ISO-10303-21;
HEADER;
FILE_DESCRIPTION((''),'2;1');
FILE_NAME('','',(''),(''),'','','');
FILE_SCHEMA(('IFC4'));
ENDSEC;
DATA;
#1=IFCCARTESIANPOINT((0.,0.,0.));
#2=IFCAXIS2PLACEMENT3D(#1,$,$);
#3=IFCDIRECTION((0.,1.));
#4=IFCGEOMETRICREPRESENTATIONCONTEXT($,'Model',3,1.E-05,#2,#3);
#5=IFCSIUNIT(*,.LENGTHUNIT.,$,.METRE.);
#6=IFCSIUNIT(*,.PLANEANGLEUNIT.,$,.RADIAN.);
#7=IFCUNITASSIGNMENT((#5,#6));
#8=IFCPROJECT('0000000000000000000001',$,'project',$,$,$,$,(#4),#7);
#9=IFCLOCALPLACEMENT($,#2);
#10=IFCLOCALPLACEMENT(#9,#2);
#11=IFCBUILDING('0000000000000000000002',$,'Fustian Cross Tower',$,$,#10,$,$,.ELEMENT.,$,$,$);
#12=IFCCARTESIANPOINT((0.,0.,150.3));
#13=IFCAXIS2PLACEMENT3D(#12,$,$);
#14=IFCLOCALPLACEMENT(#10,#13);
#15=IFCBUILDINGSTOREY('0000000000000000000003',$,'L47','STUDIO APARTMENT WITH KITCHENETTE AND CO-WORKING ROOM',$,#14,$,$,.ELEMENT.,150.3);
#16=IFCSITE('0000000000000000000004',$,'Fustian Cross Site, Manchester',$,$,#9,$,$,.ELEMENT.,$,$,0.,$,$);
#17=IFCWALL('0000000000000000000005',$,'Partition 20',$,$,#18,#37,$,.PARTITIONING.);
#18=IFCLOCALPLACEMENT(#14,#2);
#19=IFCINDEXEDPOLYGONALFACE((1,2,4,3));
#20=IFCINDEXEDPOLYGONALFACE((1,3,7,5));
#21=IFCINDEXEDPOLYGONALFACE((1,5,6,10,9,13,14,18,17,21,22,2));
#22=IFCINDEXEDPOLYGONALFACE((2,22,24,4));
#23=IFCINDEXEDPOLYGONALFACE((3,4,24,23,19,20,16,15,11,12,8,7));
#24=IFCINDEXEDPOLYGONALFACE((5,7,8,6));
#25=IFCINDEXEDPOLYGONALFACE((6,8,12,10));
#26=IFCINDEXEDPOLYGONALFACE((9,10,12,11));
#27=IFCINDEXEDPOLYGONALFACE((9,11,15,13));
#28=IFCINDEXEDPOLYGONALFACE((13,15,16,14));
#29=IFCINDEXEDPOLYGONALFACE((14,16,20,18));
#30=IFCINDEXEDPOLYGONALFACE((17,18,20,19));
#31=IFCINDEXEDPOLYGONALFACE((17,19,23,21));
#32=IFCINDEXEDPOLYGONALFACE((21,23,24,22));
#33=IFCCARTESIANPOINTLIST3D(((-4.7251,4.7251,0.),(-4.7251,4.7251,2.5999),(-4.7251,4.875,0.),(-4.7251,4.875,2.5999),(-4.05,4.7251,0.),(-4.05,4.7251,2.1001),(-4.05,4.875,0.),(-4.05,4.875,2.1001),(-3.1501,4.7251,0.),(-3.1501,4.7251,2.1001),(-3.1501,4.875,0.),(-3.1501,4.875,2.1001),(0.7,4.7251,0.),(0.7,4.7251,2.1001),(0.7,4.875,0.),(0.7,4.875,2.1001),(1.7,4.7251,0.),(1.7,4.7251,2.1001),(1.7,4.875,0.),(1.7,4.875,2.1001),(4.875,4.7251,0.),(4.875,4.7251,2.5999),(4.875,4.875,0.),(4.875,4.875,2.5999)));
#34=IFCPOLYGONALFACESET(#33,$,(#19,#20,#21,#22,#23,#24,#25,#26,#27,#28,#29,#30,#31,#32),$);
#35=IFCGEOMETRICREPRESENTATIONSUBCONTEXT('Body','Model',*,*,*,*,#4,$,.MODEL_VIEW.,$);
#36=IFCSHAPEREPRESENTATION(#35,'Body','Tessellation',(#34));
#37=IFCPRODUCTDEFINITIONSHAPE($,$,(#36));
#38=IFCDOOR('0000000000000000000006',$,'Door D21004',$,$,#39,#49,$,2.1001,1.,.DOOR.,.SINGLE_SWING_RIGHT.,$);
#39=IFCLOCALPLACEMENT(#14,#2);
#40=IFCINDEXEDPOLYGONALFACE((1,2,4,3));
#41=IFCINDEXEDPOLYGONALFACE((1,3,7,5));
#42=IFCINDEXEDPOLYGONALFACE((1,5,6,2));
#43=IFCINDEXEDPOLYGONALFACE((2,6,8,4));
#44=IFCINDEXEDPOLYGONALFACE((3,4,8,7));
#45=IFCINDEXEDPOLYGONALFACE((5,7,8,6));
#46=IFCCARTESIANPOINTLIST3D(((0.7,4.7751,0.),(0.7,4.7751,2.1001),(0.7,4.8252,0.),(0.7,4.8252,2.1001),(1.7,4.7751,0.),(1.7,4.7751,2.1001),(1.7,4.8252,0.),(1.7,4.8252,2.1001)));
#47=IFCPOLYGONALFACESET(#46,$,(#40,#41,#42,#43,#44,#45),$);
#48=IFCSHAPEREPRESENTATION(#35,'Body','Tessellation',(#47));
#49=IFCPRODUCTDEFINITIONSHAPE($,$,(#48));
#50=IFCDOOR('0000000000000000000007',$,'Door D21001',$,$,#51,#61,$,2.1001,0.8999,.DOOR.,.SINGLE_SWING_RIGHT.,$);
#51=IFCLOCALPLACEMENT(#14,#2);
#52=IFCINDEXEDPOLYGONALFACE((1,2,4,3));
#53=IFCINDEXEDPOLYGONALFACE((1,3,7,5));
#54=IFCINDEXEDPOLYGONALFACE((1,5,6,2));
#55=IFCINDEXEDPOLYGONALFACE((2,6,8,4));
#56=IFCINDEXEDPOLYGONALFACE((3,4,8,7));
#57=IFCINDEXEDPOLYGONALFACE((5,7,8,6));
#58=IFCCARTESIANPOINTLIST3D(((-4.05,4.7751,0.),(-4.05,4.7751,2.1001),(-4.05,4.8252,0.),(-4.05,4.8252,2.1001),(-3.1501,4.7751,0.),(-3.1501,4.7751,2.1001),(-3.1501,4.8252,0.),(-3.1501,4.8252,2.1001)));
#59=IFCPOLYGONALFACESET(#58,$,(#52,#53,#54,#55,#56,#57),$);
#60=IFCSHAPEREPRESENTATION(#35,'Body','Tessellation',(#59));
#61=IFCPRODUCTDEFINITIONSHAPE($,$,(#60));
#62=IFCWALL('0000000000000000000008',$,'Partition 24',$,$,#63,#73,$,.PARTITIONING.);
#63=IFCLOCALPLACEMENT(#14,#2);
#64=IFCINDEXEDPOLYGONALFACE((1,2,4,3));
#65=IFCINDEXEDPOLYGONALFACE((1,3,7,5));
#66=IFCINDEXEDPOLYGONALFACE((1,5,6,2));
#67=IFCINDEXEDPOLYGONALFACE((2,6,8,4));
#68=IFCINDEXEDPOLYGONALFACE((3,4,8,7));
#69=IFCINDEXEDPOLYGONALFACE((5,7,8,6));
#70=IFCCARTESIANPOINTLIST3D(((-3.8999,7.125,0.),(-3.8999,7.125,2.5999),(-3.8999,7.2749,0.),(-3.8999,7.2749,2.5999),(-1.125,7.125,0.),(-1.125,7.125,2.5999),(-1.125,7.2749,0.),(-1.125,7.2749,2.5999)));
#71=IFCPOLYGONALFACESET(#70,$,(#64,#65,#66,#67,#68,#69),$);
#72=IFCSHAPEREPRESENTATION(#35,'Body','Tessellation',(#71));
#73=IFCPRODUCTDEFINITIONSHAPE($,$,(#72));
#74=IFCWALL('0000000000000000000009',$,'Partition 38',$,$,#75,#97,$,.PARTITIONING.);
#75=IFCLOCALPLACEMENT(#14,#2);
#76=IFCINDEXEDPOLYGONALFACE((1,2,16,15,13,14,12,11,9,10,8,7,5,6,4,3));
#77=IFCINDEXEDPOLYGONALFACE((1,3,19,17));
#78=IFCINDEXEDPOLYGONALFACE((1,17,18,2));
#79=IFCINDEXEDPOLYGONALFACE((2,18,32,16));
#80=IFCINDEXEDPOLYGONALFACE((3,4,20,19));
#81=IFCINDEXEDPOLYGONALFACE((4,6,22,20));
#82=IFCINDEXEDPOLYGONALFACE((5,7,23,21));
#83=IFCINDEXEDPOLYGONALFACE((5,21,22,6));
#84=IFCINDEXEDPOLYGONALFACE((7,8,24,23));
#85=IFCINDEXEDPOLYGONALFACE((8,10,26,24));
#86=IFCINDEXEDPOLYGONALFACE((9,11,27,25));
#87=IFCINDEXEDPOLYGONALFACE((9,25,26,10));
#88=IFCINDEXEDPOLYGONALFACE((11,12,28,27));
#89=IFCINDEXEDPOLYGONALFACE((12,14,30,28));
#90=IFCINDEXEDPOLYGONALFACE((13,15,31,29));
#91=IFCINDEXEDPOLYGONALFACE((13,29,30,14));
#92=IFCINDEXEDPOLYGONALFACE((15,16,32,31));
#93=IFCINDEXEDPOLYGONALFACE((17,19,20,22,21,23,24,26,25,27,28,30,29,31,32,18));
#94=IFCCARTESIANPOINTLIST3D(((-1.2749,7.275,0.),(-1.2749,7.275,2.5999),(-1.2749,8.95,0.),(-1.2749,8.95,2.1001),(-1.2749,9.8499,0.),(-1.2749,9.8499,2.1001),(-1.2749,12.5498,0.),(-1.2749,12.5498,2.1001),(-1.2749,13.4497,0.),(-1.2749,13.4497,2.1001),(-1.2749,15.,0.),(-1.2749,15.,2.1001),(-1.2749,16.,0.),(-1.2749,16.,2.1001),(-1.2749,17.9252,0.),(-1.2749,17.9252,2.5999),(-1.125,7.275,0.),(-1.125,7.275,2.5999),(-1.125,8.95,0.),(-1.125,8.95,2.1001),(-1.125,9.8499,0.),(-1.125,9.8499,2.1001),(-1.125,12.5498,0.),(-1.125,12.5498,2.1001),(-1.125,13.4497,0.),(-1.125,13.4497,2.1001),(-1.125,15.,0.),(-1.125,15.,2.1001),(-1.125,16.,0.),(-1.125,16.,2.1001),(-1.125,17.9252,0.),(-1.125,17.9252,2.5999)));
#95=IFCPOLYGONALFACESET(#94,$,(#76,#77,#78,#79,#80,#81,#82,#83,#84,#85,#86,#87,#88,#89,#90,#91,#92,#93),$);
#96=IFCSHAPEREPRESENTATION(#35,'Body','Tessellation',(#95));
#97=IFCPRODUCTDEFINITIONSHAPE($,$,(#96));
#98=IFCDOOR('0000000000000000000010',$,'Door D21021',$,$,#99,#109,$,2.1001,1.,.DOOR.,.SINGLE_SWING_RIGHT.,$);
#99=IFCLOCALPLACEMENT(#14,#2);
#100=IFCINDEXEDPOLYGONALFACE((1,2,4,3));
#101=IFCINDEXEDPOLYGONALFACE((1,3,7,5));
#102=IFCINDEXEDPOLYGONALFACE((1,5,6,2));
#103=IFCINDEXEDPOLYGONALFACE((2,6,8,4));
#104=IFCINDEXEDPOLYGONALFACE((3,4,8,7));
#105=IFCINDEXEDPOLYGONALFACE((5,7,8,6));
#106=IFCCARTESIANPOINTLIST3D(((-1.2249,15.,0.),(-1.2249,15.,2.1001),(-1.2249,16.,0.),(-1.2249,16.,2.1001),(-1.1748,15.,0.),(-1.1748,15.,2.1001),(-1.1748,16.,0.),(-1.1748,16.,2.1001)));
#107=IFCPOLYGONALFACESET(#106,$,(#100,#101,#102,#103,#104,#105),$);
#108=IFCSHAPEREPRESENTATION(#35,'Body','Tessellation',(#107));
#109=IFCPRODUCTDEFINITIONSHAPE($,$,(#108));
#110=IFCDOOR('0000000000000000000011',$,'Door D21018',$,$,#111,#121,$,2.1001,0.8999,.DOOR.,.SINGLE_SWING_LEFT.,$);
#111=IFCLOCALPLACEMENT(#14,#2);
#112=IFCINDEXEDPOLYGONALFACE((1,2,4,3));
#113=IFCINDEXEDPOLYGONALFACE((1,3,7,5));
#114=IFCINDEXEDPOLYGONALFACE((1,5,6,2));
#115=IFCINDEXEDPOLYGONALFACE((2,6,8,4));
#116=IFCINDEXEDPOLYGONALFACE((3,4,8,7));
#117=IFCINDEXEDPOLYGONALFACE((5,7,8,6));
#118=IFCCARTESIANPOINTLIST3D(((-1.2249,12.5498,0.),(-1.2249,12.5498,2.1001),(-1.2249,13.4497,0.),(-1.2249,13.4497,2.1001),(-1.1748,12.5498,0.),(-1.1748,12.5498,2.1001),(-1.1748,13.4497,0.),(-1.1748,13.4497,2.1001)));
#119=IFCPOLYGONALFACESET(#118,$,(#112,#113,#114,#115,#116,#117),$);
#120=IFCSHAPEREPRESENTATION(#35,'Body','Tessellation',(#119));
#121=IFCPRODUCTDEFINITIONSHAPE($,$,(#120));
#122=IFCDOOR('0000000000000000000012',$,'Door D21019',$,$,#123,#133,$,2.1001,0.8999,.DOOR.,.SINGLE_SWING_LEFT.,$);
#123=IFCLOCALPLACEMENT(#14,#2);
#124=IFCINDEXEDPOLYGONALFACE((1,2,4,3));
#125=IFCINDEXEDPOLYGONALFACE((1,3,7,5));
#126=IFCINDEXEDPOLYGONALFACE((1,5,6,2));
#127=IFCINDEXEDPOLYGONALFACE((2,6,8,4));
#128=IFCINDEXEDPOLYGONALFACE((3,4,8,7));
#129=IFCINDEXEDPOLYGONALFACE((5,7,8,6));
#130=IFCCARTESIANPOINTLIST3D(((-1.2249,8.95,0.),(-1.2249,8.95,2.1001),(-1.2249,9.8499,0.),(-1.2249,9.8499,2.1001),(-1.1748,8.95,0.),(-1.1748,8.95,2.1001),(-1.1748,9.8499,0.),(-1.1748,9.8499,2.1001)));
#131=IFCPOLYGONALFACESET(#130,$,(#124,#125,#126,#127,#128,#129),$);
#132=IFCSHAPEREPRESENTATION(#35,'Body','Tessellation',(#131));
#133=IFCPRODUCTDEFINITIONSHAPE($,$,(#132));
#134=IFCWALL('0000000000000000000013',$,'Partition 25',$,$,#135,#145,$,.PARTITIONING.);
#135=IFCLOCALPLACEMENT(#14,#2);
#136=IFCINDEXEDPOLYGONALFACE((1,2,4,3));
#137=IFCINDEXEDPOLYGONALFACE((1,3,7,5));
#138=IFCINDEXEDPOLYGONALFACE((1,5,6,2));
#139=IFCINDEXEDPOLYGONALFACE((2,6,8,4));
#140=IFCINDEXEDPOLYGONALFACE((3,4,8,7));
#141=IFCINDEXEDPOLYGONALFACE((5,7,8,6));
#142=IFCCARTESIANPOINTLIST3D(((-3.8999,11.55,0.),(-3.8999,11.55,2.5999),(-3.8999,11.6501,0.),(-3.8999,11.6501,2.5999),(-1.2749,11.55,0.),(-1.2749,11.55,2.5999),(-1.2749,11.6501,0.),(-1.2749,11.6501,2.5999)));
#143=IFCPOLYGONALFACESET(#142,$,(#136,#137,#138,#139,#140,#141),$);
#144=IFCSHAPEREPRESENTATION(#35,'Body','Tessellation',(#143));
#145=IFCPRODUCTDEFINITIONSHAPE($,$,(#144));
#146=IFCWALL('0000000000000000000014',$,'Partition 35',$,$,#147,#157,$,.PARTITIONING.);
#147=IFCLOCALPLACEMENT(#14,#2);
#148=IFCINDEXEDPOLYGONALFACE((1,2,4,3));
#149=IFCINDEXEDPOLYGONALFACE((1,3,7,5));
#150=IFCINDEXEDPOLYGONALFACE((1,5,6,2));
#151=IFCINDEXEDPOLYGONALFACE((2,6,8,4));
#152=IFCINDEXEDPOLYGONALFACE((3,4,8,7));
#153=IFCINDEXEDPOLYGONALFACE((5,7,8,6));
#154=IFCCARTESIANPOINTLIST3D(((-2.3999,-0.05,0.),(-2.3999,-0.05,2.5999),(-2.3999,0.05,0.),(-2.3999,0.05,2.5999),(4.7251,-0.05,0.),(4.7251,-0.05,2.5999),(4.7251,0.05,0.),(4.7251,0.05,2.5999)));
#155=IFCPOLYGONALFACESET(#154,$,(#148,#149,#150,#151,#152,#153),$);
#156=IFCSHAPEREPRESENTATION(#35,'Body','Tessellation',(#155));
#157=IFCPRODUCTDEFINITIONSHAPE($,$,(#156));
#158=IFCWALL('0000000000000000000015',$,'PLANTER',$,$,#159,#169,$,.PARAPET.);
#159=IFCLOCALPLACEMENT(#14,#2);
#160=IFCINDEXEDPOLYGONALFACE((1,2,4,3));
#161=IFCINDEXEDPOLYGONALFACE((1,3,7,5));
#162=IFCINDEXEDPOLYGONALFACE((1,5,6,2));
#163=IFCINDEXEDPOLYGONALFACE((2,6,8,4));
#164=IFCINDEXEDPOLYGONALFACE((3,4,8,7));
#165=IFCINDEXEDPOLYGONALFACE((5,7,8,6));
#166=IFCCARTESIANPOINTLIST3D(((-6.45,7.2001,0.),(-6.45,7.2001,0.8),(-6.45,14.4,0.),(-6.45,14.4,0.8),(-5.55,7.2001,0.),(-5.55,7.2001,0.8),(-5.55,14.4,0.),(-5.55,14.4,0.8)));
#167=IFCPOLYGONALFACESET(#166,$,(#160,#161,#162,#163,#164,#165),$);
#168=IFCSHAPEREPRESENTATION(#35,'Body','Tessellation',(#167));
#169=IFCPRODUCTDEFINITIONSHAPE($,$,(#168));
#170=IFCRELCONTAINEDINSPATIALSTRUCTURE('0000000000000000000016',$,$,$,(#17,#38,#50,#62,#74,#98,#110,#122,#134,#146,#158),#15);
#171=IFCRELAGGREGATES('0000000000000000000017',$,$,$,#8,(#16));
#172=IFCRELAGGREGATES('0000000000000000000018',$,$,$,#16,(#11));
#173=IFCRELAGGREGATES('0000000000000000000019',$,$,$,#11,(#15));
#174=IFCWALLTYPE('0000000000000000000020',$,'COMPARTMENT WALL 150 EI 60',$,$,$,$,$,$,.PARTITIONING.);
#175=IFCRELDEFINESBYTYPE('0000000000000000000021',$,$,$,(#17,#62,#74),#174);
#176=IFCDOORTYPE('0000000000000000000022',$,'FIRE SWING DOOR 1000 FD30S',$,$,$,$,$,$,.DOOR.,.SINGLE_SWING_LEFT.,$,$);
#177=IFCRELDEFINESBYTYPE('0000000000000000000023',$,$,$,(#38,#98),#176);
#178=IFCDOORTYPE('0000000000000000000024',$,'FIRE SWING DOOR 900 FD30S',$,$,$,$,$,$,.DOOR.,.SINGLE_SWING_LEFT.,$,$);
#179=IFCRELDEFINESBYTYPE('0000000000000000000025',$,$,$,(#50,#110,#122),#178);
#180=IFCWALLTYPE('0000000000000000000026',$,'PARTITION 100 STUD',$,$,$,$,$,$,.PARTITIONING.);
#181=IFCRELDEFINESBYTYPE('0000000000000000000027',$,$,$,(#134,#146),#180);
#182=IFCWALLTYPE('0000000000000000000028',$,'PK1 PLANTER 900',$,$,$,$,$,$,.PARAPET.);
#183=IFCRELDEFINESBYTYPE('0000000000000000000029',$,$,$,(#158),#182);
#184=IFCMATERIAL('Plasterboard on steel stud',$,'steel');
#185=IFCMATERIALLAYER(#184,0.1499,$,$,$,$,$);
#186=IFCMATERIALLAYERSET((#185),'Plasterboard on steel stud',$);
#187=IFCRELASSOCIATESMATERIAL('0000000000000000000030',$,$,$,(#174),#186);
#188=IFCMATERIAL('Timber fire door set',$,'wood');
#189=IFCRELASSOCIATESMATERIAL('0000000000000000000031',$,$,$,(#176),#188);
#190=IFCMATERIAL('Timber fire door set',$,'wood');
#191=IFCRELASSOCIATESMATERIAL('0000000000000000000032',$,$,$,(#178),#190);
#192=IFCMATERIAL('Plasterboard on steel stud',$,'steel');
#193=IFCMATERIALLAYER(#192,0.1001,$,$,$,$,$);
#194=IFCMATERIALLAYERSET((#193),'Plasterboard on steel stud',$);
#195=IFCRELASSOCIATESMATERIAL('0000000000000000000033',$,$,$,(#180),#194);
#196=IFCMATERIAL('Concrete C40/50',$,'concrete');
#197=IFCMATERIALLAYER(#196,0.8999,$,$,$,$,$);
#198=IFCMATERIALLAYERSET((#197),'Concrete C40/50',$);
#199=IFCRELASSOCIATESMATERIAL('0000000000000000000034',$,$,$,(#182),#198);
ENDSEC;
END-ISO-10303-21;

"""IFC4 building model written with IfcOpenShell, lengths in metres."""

from ifc_helpers import new_model, si_unit, direction, frame, frame_2d, origin, place, context, subcontext, project, spatial, rectangle, extrude, material, layer, layer_set, type_object, element, fill, save


model = new_model("IFC4")

# Units and contexts
model_context = context("Model", 3, precision=1e-05, world=origin(), true_north=direction((0.0, 1.0)))
body_context = subcontext(model_context, "Body", "Model", "MODEL_VIEW")
ifc_project = project(units=[si_unit("LENGTHUNIT", "METRE"), si_unit("PLANEANGLEUNIT", "RADIAN")], contexts=[model_context])

# Site, building, storey
site_placement = place(None, origin())
site = spatial("IfcSite", under=ifc_project, at=site_placement, Name="Fustian Cross Site, Manchester", CompositionType="ELEMENT", RefElevation=0.0)
building_placement = place(site_placement, origin())
building = spatial("IfcBuilding", under=site, at=building_placement, Name="Fustian Cross Tower", CompositionType="ELEMENT")
storey_placement = place(building_placement, frame((0.0, 0.0, 150.3)))
storey = spatial("IfcBuildingStorey", under=building, at=storey_placement, Name="L47", Description="STUDIO APARTMENT WITH KITCHENETTE AND CO-WORKING ROOM", CompositionType="ELEMENT", Elevation=150.3)

# Shared definitions
ifc_material_1 = material(Name="Plasterboard on steel stud", Category="steel")
ifc_layer_1 = layer(ifc_material_1, 0.1499)
ifc_layer_set_1 = layer_set([ifc_layer_1], Name="Plasterboard on steel stud")
wall_type_1 = type_object("IfcWallType", Name="COMPARTMENT WALL 150 EI 60", PredefinedType="PARTITIONING", material=ifc_layer_set_1)

# Wall, openings, doors
wall_1_placement = place(storey_placement, frame((-4.7251, 4.8, 0.0), z_axis=(0.0, 0.0, 1.0), x_axis=(1.0, 0.0, 0.0)))
wall_1 = element("IfcWall", 1, at=wall_1_placement, inside=storey, type_object=wall_type_1, Name="Partition 20", PredefinedType="PARTITIONING", context=body_context, shape_type="SweptSolid", body=[
    extrude(rectangle(XDim=9.6001, YDim=0.1499, at=frame_2d((4.8, 0.0))), origin(), (0.0, 0.0, 1.0), 2.5999),
])
opening_1_placement = place(wall_1_placement, frame((0.675, 0.0, 0.0)))
opening_1 = element("IfcOpeningElement", 2, at=opening_1_placement, cuts=wall_1, PredefinedType="OPENING", context=body_context, shape_type="SweptSolid", body=[
    extrude(rectangle(XDim=0.8999, YDim=2.1001, at=frame_2d((0.45, 1.05))), frame((0.0, 0.085, 0.0), z_axis=(0.0, -1.0, 0.0), x_axis=(1.0, 0.0, 0.0)), (0.0, 0.0, 1.0), 0.1699),
])
opening_2_placement = place(wall_1_placement, frame((5.425, 0.0, 0.0)))
opening_2 = element("IfcOpeningElement", 3, at=opening_2_placement, cuts=wall_1, PredefinedType="OPENING", context=body_context, shape_type="SweptSolid", body=[
    extrude(rectangle(XDim=1.0, YDim=2.1001, at=frame_2d((0.5, 1.05))), frame((0.0, 0.085, 0.0), z_axis=(0.0, -1.0, 0.0), x_axis=(1.0, 0.0, 0.0)), (0.0, 0.0, 1.0), 0.1699),
])
ifc_material_2 = material(Name="Timber fire door set", Category="wood")
door_type_1 = type_object("IfcDoorType", Name="FIRE SWING DOOR 1000 FD30S", OperationType="SINGLE_SWING_LEFT", PredefinedType="DOOR", material=ifc_material_2)
door_1_placement = place(opening_2_placement, frame((1.0, 0.0, 0.0), z_axis=(0.0, 0.0, 1.0), x_axis=(-1.0, 0.0, 0.0)))
door_1 = element("IfcDoor", 4, at=door_1_placement, inside=storey, type_object=door_type_1, Name="Door D21004", OperationType="SINGLE_SWING_RIGHT", OverallHeight=2.1001, OverallWidth=1.0, PredefinedType="DOOR", context=body_context, shape_type="SweptSolid", body=[
    extrude(rectangle(XDim=1.0, YDim=2.1001, at=frame_2d((0.5, 1.05))), frame((0.0, 0.0249, 0.0), z_axis=(0.0, -1.0, 0.0), x_axis=(1.0, 0.0, 0.0)), (0.0, 0.0, 1.0), 0.05),
])
fill(opening_2, door_1)
ifc_material_3 = material(Name="Timber fire door set", Category="wood")
door_type_2 = type_object("IfcDoorType", Name="FIRE SWING DOOR 900 FD30S", OperationType="SINGLE_SWING_LEFT", PredefinedType="DOOR", material=ifc_material_3)
door_2_placement = place(opening_1_placement, frame((0.8999, 0.0, 0.0), z_axis=(0.0, 0.0, 1.0), x_axis=(-1.0, 0.0, 0.0)))
door_2 = element("IfcDoor", 5, at=door_2_placement, inside=storey, type_object=door_type_2, Name="Door D21001", OperationType="SINGLE_SWING_RIGHT", OverallHeight=2.1001, OverallWidth=0.8999, PredefinedType="DOOR", context=body_context, shape_type="SweptSolid", body=[
    extrude(rectangle(XDim=0.8999, YDim=2.1001, at=frame_2d((0.45, 1.05))), frame((0.0, 0.0249, 0.0), z_axis=(0.0, -1.0, 0.0), x_axis=(1.0, 0.0, 0.0)), (0.0, 0.0, 1.0), 0.05),
])
fill(opening_1, door_2)

# Wall
wall_2_placement = place(storey_placement, frame((-3.8999, 7.2, 0.0), z_axis=(0.0, 0.0, 1.0), x_axis=(1.0, 0.0, 0.0)))
element("IfcWall", 6, at=wall_2_placement, inside=storey, type_object=wall_type_1, Name="Partition 24", PredefinedType="PARTITIONING", context=body_context, shape_type="SweptSolid", body=[
    extrude(rectangle(XDim=2.7749, YDim=0.1499, at=frame_2d((1.3875, 0.0))), origin(), (0.0, 0.0, 1.0), 2.5999),
])

# Wall, openings, doors
wall_3_placement = place(storey_placement, frame((-1.2, 7.2749, 0.0), z_axis=(0.0, 0.0, 1.0), x_axis=(0.0, 1.0, 0.0)))
wall_3 = element("IfcWall", 7, at=wall_3_placement, inside=storey, type_object=wall_type_1, Name="Partition 38", PredefinedType="PARTITIONING", context=body_context, shape_type="SweptSolid", body=[
    extrude(rectangle(XDim=10.6501, YDim=0.1499, at=frame_2d((5.3252, 0.0))), origin(), (0.0, 0.0, 1.0), 2.5999),
])
opening_3_placement = place(wall_3_placement, frame((5.2749, 0.0, 0.0)))
opening_3 = element("IfcOpeningElement", 8, at=opening_3_placement, cuts=wall_3, PredefinedType="OPENING", context=body_context, shape_type="SweptSolid", body=[
    extrude(rectangle(XDim=0.8999, YDim=2.1001, at=frame_2d((0.45, 1.05))), frame((0.0, 0.085, 0.0), z_axis=(0.0, -1.0, 0.0), x_axis=(1.0, 0.0, 0.0)), (0.0, 0.0, 1.0), 0.1699),
])
opening_4_placement = place(wall_3_placement, frame((1.675, 0.0, 0.0)))
opening_4 = element("IfcOpeningElement", 9, at=opening_4_placement, cuts=wall_3, PredefinedType="OPENING", context=body_context, shape_type="SweptSolid", body=[
    extrude(rectangle(XDim=0.8999, YDim=2.1001, at=frame_2d((0.45, 1.05))), frame((0.0, 0.085, 0.0), z_axis=(0.0, -1.0, 0.0), x_axis=(1.0, 0.0, 0.0)), (0.0, 0.0, 1.0), 0.1699),
])
opening_5_placement = place(wall_3_placement, frame((7.7251, 0.0, 0.0)))
opening_5 = element("IfcOpeningElement", 10, at=opening_5_placement, cuts=wall_3, PredefinedType="OPENING", context=body_context, shape_type="SweptSolid", body=[
    extrude(rectangle(XDim=1.0, YDim=2.1001, at=frame_2d((0.5, 1.05))), frame((0.0, 0.085, 0.0), z_axis=(0.0, -1.0, 0.0), x_axis=(1.0, 0.0, 0.0)), (0.0, 0.0, 1.0), 0.1699),
])
door_3_placement = place(opening_5_placement, origin())
door_3 = element("IfcDoor", 11, at=door_3_placement, inside=storey, type_object=door_type_1, Name="Door D21021", OperationType="SINGLE_SWING_RIGHT", OverallHeight=2.1001, OverallWidth=1.0, PredefinedType="DOOR", context=body_context, shape_type="SweptSolid", body=[
    extrude(rectangle(XDim=1.0, YDim=2.1001, at=frame_2d((0.5, 1.05))), frame((0.0, 0.0249, 0.0), z_axis=(0.0, -1.0, 0.0), x_axis=(1.0, 0.0, 0.0)), (0.0, 0.0, 1.0), 0.05),
])
fill(opening_5, door_3)
door_4_placement = place(opening_3_placement, origin())
door_4 = element("IfcDoor", 12, at=door_4_placement, inside=storey, type_object=door_type_2, Name="Door D21018", OperationType="SINGLE_SWING_LEFT", OverallHeight=2.1001, OverallWidth=0.8999, PredefinedType="DOOR", context=body_context, shape_type="SweptSolid", body=[
    extrude(rectangle(XDim=0.8999, YDim=2.1001, at=frame_2d((0.45, 1.05))), frame((0.0, 0.0249, 0.0), z_axis=(0.0, -1.0, 0.0), x_axis=(1.0, 0.0, 0.0)), (0.0, 0.0, 1.0), 0.05),
])
fill(opening_3, door_4)
door_5_placement = place(opening_4_placement, origin())
door_5 = element("IfcDoor", 13, at=door_5_placement, inside=storey, type_object=door_type_2, Name="Door D21019", OperationType="SINGLE_SWING_LEFT", OverallHeight=2.1001, OverallWidth=0.8999, PredefinedType="DOOR", context=body_context, shape_type="SweptSolid", body=[
    extrude(rectangle(XDim=0.8999, YDim=2.1001, at=frame_2d((0.45, 1.05))), frame((0.0, 0.0249, 0.0), z_axis=(0.0, -1.0, 0.0), x_axis=(1.0, 0.0, 0.0)), (0.0, 0.0, 1.0), 0.05),
])
fill(opening_4, door_5)

# Walls
ifc_material_4 = material(Name="Plasterboard on steel stud", Category="steel")
ifc_layer_2 = layer(ifc_material_4, 0.1001)
ifc_layer_set_2 = layer_set([ifc_layer_2], Name="Plasterboard on steel stud")
wall_type_2 = type_object("IfcWallType", Name="PARTITION 100 STUD", PredefinedType="PARTITIONING", material=ifc_layer_set_2)
wall_4_placement = place(storey_placement, frame((-3.8999, 11.6001, 0.0), z_axis=(0.0, 0.0, 1.0), x_axis=(1.0, 0.0, 0.0)))
element("IfcWall", 14, at=wall_4_placement, inside=storey, type_object=wall_type_2, Name="Partition 25", PredefinedType="PARTITIONING", context=body_context, shape_type="SweptSolid", body=[
    extrude(rectangle(XDim=2.625, YDim=0.1001, at=frame_2d((1.3125, 0.0))), origin(), (0.0, 0.0, 1.0), 2.5999),
])
wall_5_placement = place(storey_placement, frame((-2.3999, 0.0, 0.0), z_axis=(0.0, 0.0, 1.0), x_axis=(1.0, 0.0, 0.0)))
element("IfcWall", 15, at=wall_5_placement, inside=storey, type_object=wall_type_2, Name="Partition 35", PredefinedType="PARTITIONING", context=body_context, shape_type="SweptSolid", body=[
    extrude(rectangle(XDim=7.125, YDim=0.1001, at=frame_2d((3.5625, 0.0))), origin(), (0.0, 0.0, 1.0), 2.5999),
])
ifc_material_5 = material(Name="Concrete C40/50", Category="concrete")
ifc_layer_3 = layer(ifc_material_5, 0.8999)
ifc_layer_set_3 = layer_set([ifc_layer_3], Name="Concrete C40/50")
wall_type_3 = type_object("IfcWallType", Name="PK1 PLANTER 900", PredefinedType="PARAPET", material=ifc_layer_set_3)
wall_6_placement = place(storey_placement, frame((-6.0, 7.2, 0.0), z_axis=(0.0, 0.0, 1.0), x_axis=(0.0, 1.0, 0.0)))
element("IfcWall", 16, at=wall_6_placement, inside=storey, type_object=wall_type_3, Name="PLANTER", PredefinedType="PARAPET", context=body_context, shape_type="SweptSolid", body=[
    extrude(rectangle(XDim=7.2, YDim=0.8999, at=frame_2d((3.6001, 0.0))), origin(), (0.0, 0.0, 1.0), 0.8),
])

save(model, "model.ifc")
